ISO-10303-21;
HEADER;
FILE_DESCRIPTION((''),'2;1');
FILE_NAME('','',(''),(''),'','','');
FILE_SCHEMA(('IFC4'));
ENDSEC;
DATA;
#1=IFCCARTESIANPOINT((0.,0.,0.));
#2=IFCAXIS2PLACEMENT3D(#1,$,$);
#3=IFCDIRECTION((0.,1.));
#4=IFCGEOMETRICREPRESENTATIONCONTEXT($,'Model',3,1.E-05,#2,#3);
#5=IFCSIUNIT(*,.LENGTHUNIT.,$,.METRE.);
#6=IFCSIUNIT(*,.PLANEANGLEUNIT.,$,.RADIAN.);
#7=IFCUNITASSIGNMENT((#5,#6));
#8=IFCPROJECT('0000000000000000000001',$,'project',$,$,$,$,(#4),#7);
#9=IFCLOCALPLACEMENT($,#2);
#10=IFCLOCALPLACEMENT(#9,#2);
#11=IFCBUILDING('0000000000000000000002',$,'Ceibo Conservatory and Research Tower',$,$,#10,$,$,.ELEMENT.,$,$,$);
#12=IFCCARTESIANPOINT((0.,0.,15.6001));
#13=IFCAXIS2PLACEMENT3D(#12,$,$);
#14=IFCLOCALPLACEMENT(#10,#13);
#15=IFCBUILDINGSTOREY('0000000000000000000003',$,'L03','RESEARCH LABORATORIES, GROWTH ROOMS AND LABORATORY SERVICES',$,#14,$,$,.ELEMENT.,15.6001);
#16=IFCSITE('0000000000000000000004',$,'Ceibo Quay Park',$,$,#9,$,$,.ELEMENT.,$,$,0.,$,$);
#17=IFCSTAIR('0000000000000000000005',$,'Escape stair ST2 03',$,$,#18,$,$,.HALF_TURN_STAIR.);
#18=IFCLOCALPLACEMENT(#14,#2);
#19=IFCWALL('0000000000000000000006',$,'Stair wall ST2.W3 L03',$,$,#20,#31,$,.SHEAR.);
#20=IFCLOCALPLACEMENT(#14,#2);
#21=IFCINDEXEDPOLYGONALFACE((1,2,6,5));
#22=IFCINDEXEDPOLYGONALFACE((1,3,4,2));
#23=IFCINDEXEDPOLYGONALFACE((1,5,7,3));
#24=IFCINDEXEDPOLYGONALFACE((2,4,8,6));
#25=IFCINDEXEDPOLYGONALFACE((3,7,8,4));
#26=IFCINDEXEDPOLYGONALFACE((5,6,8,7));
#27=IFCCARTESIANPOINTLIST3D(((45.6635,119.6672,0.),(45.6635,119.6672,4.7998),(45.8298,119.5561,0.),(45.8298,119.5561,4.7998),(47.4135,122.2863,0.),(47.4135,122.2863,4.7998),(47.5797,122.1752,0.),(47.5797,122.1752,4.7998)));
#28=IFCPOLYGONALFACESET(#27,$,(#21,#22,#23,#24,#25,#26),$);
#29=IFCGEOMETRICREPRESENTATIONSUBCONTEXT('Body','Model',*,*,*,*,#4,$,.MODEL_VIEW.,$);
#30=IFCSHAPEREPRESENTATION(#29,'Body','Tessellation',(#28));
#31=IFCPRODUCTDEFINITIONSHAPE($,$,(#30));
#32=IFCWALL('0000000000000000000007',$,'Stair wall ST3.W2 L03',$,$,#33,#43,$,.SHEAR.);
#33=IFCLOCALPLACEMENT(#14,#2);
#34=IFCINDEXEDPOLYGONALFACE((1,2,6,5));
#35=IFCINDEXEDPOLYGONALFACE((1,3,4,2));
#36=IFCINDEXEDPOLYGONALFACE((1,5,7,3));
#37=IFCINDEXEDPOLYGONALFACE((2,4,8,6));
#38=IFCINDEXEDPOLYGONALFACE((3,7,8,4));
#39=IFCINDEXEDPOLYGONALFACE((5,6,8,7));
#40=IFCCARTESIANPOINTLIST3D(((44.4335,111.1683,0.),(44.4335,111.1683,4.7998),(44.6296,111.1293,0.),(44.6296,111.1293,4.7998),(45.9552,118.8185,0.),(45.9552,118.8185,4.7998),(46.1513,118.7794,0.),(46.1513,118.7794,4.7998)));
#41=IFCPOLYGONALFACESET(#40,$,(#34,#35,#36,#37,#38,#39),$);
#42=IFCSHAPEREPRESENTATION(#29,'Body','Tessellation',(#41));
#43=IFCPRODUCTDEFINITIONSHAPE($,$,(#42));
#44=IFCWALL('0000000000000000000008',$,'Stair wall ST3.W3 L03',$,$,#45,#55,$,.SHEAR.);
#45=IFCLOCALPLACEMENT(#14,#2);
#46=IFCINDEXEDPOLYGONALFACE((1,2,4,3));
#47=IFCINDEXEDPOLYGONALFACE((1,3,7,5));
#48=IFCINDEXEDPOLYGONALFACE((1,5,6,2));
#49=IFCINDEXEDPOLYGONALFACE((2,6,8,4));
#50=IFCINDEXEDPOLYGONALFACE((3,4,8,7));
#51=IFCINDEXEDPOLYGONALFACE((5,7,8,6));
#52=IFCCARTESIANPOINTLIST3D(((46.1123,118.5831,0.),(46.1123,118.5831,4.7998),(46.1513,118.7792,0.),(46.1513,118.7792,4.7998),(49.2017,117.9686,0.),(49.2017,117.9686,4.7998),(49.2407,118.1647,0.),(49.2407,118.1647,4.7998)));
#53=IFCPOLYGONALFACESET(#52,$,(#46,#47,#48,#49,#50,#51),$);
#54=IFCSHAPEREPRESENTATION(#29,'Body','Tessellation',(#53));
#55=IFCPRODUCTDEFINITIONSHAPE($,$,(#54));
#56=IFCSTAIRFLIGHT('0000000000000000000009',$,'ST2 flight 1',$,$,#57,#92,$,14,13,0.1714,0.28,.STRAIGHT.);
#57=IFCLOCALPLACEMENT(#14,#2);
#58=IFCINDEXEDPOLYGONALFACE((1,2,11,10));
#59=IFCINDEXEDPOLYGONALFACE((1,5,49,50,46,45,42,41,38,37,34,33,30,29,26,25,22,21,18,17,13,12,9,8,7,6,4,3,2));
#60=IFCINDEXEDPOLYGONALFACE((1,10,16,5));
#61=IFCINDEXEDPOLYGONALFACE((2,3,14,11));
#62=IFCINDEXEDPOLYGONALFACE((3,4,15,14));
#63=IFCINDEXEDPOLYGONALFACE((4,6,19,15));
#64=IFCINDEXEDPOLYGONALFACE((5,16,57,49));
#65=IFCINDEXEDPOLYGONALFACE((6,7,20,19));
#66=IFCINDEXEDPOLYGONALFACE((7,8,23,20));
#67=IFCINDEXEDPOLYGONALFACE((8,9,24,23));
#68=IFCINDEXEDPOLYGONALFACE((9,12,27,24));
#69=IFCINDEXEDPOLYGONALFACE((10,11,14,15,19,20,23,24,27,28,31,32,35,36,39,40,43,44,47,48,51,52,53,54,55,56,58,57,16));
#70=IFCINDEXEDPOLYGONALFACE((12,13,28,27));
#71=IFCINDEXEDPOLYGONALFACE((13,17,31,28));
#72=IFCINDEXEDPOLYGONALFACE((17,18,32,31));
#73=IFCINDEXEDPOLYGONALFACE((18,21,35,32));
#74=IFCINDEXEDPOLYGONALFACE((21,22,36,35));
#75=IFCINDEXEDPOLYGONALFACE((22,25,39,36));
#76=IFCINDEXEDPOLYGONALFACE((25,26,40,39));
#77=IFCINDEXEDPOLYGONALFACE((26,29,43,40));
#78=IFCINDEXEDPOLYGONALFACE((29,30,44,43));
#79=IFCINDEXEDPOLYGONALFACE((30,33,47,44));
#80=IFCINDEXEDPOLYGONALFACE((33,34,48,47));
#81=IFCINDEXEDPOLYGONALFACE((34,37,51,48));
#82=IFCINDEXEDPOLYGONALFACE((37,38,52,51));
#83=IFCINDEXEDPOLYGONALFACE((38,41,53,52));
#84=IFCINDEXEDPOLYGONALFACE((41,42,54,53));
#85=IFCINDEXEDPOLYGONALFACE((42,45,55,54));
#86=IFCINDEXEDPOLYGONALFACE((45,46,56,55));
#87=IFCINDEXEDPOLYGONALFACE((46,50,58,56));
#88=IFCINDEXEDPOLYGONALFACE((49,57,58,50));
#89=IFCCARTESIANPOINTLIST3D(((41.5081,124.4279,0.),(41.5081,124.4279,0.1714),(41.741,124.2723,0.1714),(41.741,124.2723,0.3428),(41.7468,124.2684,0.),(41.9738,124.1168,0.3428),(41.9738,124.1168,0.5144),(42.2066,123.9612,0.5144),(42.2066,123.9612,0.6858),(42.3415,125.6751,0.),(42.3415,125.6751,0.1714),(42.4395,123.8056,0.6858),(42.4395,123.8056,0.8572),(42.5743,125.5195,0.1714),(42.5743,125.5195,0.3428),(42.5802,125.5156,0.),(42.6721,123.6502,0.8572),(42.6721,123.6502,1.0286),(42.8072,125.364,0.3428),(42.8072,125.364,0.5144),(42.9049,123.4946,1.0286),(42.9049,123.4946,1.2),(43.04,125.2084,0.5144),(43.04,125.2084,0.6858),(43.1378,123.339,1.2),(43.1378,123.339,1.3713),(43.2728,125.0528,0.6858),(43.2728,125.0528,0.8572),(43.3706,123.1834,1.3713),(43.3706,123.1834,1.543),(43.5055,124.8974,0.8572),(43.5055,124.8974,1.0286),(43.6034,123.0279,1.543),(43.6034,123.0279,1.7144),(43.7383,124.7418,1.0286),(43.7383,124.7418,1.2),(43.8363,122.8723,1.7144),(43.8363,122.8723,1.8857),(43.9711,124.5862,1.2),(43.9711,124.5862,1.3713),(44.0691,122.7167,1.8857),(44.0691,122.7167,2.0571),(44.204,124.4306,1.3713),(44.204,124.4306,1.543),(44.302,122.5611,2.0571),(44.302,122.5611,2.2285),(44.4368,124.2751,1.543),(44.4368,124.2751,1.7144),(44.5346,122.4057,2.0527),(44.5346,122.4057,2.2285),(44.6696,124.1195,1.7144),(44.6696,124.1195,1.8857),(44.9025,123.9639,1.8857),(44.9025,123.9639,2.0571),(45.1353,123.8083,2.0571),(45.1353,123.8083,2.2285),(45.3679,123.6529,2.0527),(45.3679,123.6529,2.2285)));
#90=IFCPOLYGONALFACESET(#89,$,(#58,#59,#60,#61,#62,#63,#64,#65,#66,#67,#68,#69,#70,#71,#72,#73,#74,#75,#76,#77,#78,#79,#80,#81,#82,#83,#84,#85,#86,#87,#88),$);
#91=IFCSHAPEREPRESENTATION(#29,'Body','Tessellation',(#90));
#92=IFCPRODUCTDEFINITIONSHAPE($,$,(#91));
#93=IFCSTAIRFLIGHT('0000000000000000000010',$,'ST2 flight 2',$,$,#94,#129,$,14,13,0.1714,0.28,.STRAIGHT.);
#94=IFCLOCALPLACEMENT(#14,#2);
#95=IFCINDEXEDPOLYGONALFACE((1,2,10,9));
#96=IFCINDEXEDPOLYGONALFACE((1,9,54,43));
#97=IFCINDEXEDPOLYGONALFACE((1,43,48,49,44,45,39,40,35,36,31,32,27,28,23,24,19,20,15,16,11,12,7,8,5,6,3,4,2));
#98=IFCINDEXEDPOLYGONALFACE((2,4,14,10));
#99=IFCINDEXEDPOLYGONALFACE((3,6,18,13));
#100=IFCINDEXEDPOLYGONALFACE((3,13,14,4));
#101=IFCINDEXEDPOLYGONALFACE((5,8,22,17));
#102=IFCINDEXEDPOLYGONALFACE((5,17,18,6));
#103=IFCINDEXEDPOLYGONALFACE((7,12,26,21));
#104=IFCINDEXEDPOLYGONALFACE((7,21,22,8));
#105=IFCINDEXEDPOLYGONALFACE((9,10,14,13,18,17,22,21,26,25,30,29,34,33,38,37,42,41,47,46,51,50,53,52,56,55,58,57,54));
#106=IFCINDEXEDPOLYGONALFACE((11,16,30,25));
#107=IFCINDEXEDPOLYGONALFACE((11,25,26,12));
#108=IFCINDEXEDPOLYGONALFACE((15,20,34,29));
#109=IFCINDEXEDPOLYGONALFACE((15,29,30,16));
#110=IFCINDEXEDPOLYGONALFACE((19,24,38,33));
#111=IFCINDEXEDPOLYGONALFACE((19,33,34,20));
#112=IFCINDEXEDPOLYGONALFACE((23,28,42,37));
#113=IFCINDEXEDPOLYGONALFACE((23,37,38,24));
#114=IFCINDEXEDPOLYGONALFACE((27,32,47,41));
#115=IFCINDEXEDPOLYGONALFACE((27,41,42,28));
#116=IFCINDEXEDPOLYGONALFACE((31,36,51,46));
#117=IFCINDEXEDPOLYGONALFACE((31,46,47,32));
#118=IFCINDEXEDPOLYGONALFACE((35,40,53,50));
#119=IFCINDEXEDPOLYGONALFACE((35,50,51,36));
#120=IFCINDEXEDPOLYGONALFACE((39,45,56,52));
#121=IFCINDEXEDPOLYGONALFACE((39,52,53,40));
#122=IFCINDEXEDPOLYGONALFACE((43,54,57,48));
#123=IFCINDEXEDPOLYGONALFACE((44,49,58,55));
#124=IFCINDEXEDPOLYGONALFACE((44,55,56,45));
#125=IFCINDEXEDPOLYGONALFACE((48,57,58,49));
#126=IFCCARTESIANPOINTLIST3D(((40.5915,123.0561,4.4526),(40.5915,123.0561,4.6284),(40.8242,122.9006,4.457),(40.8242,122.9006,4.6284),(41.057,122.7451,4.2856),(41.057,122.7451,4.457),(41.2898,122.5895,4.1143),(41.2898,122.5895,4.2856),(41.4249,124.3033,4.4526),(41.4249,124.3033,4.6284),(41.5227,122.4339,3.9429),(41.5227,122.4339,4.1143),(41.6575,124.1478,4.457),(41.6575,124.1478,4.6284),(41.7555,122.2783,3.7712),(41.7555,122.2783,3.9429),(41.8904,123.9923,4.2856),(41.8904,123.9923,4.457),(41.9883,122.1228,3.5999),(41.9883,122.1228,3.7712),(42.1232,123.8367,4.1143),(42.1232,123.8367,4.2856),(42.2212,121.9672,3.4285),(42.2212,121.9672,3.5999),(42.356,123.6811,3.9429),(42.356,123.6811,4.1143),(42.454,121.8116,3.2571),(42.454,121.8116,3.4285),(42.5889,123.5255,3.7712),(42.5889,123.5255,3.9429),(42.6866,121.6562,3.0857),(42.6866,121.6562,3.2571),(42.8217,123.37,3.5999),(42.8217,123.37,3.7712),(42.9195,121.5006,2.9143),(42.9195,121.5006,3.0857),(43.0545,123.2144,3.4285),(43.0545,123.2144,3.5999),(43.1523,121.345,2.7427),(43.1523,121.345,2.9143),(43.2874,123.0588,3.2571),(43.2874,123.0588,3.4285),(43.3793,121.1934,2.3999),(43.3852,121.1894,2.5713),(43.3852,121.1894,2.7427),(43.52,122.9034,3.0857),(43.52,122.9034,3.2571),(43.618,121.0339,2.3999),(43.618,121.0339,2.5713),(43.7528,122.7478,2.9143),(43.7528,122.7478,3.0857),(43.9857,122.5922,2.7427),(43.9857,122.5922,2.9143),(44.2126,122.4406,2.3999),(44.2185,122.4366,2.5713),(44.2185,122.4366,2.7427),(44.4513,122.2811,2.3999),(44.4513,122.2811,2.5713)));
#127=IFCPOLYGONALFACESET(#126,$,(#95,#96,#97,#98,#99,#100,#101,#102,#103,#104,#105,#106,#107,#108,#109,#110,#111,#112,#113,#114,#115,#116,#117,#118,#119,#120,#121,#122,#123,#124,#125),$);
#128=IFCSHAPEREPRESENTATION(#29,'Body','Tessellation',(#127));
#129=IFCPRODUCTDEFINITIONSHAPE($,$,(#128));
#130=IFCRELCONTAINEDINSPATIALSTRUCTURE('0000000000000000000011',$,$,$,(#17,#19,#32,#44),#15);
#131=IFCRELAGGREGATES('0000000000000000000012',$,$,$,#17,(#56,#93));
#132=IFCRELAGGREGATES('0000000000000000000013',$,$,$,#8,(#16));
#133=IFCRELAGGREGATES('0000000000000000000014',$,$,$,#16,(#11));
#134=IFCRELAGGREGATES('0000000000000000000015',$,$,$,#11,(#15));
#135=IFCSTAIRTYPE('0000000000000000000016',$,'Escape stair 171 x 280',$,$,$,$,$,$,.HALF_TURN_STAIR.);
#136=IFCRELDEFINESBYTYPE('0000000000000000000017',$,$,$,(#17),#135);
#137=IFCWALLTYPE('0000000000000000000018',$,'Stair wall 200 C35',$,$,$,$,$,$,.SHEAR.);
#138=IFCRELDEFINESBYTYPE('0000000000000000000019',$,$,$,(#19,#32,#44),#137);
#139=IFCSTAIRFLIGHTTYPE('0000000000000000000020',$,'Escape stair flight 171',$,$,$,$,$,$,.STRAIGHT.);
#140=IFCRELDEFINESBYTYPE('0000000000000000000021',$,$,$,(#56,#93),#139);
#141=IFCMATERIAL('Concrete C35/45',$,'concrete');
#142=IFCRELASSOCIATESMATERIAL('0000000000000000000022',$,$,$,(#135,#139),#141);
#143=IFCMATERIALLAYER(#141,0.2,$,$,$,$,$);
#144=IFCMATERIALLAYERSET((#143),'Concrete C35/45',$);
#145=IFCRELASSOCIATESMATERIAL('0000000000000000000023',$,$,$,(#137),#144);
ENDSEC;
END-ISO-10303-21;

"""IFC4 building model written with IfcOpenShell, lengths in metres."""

from ifc_helpers import new_model, si_unit, direction, frame, frame_2d, origin, place, context, subcontext, project, spatial, polyline, rectangle, outline, extrude, material, layer, layer_set, type_object, element, aggregate, save


model = new_model("IFC4")

# Units and contexts
model_context = context("Model", 3, precision=1e-05, world=origin(), true_north=direction((0.0, 1.0)))
body_context = subcontext(model_context, "Body", "Model", "MODEL_VIEW")
ifc_project = project(units=[si_unit("LENGTHUNIT", "METRE"), si_unit("PLANEANGLEUNIT", "RADIAN")], contexts=[model_context])

# Site, building, storey
site_placement = place(None, origin())
site = spatial("IfcSite", under=ifc_project, at=site_placement, Name="Ceibo Quay Park", CompositionType="ELEMENT", RefElevation=0.0)
building_placement = place(site_placement, origin())
building = spatial("IfcBuilding", under=site, at=building_placement, Name="Ceibo Conservatory and Research Tower", CompositionType="ELEMENT")
storey_placement = place(building_placement, frame((0.0, 0.0, 15.6001)))
storey = spatial("IfcBuildingStorey", under=building, at=storey_placement, Name="L03", Description="RESEARCH LABORATORIES, GROWTH ROOMS AND LABORATORY SERVICES", CompositionType="ELEMENT", Elevation=15.6001)

# Shared definitions
ifc_material_1 = material(Name="Concrete C35/45", Category="concrete")

# Stair
stair_type = type_object("IfcStairType", Name="Escape stair 171 x 280", PredefinedType="HALF_TURN_STAIR", material=ifc_material_1)
stair_placement = place(storey_placement, origin())
stair = element("IfcStair", 1, at=stair_placement, inside=storey, type_object=stair_type, Name="Escape stair ST2 03", PredefinedType="HALF_TURN_STAIR")

# Walls
ifc_layer_1 = layer(ifc_material_1, 0.2)
ifc_layer_set_1 = layer_set([ifc_layer_1], Name="Concrete C35/45")
wall_type_1 = type_object("IfcWallType", Name="Stair wall 200 C35", PredefinedType="SHEAR", material=ifc_layer_set_1)
wall_1_placement = place(storey_placement, frame((47.4966, 122.2307, 0.0), z_axis=(0.0, 0.0, 1.0), x_axis=(-0.555558, -0.831478, 0.0)))
element("IfcWall", 2, at=wall_1_placement, inside=storey, type_object=wall_type_1, Name="Stair wall ST2.W3 L03", PredefinedType="SHEAR", context=body_context, shape_type="SweptSolid", body=[
    extrude(rectangle(XDim=3.1499, YDim=0.2, at=frame_2d((1.575, 0.0))), origin(), (0.0, 0.0, 1.0), 4.7998),
])
wall_2_placement = place(storey_placement, frame((46.0532, 118.7988, 0.0), z_axis=(0.0, 0.0, 1.0), x_axis=(-0.195093, -0.980785, 0.0)))
element("IfcWall", 3, at=wall_2_placement, inside=storey, type_object=wall_type_1, Name="Stair wall ST3.W2 L03", PredefinedType="SHEAR", context=body_context, shape_type="SweptSolid", body=[
    extrude(rectangle(XDim=7.8, YDim=0.2, at=frame_2d((3.8999, 0.0))), origin(), (0.0, 0.0, 1.0), 4.7998),
])
wall_3_placement = place(storey_placement, frame((46.1318, 118.6812, 0.0), z_axis=(0.0, 0.0, 1.0), x_axis=(0.980786, -0.195088, 0.0)))
element("IfcWall", 4, at=wall_3_placement, inside=storey, type_object=wall_type_1, Name="Stair wall ST3.W3 L03", PredefinedType="SHEAR", context=body_context, shape_type="SweptSolid", body=[
    extrude(rectangle(XDim=3.1499, YDim=0.2, at=frame_2d((1.575, 0.0))), origin(), (0.0, 0.0, 1.0), 4.7998),
])

# Stair flights
stair_flight_type = type_object("IfcStairFlightType", Name="Escape stair flight 171", PredefinedType="STRAIGHT", material=ifc_material_1)
stair_flight_1_placement = place(storey_placement, frame((41.9248, 125.0515, 0.0), z_axis=(0.0, 0.0, 1.0), x_axis=(0.83147, -0.55557, 0.0)))
stair_flight_1 = element("IfcStairFlight", 5, at=stair_flight_1_placement, type_object=stair_flight_type, Name="ST2 flight 1", NumberOfRisers=14, NumberOfTreads=13, PredefinedType="STRAIGHT", RiserHeight=0.1714, TreadLength=0.28, context=body_context, shape_type="SweptSolid", body=[
    extrude(outline(polyline([(0.0, 0.0), (0.0, 0.1714), (0.28, 0.1714), (0.28, 0.3428), (0.5601, 0.3428), (0.5601, 0.5144), (0.8401, 0.5144), (0.8401, 0.6858), (1.1201, 0.6858), (1.1201, 0.8572), (1.3999, 0.8572), (1.3999, 1.0286), (1.6799, 1.0286), (1.6799, 1.2), (1.96, 1.2), (1.96, 1.3713), (2.24, 1.3713), (2.24, 1.543), (2.52, 1.543), (2.52, 1.7144), (2.8, 1.7144), (2.8, 1.8857), (3.0801, 1.8857), (3.0801, 2.0571), (3.3601, 2.0571), (3.3601, 2.2285), (3.6399, 2.2285), (3.6399, 2.3999), (3.6399, 2.0527), (0.2871, 0.0), (0.0, 0.0)])), frame((0.0, 0.75, 0.0), z_axis=(0.0, -1.0, 0.0), x_axis=(1.0, 0.0, 0.0)), (0.0, 0.0, 1.0), 1.5),
])
stair_flight_2_placement = place(storey_placement, frame((44.0347, 121.6575, 2.3999), z_axis=(0.0, 0.0, 1.0), x_axis=(-0.83147, 0.55557, 0.0)))
stair_flight_2 = element("IfcStairFlight", 6, at=stair_flight_2_placement, type_object=stair_flight_type, Name="ST2 flight 2", NumberOfRisers=14, NumberOfTreads=13, PredefinedType="STRAIGHT", RiserHeight=0.1714, TreadLength=0.28, context=body_context, shape_type="SweptSolid", body=[
    extrude(outline(polyline([(0.0, 0.0), (0.0, 0.1714), (0.28, 0.1714), (0.28, 0.3428), (0.5601, 0.3428), (0.5601, 0.5144), (0.8401, 0.5144), (0.8401, 0.6858), (1.1201, 0.6858), (1.1201, 0.8572), (1.3999, 0.8572), (1.3999, 1.0286), (1.6799, 1.0286), (1.6799, 1.2), (1.96, 1.2), (1.96, 1.3713), (2.24, 1.3713), (2.24, 1.543), (2.52, 1.543), (2.52, 1.7144), (2.8, 1.7144), (2.8, 1.8857), (3.0801, 1.8857), (3.0801, 2.0571), (3.3601, 2.0571), (3.3601, 2.2285), (3.6399, 2.2285), (3.6399, 2.3999), (3.6399, 2.0527), (0.2871, 0.0), (0.0, 0.0)])), frame((0.0, 0.75, 0.0), z_axis=(0.0, -1.0, 0.0), x_axis=(1.0, 0.0, 0.0)), (0.0, 0.0, 1.0), 1.5),
])
aggregate(stair, [stair_flight_1, stair_flight_2])

save(model, "model.ifc")
